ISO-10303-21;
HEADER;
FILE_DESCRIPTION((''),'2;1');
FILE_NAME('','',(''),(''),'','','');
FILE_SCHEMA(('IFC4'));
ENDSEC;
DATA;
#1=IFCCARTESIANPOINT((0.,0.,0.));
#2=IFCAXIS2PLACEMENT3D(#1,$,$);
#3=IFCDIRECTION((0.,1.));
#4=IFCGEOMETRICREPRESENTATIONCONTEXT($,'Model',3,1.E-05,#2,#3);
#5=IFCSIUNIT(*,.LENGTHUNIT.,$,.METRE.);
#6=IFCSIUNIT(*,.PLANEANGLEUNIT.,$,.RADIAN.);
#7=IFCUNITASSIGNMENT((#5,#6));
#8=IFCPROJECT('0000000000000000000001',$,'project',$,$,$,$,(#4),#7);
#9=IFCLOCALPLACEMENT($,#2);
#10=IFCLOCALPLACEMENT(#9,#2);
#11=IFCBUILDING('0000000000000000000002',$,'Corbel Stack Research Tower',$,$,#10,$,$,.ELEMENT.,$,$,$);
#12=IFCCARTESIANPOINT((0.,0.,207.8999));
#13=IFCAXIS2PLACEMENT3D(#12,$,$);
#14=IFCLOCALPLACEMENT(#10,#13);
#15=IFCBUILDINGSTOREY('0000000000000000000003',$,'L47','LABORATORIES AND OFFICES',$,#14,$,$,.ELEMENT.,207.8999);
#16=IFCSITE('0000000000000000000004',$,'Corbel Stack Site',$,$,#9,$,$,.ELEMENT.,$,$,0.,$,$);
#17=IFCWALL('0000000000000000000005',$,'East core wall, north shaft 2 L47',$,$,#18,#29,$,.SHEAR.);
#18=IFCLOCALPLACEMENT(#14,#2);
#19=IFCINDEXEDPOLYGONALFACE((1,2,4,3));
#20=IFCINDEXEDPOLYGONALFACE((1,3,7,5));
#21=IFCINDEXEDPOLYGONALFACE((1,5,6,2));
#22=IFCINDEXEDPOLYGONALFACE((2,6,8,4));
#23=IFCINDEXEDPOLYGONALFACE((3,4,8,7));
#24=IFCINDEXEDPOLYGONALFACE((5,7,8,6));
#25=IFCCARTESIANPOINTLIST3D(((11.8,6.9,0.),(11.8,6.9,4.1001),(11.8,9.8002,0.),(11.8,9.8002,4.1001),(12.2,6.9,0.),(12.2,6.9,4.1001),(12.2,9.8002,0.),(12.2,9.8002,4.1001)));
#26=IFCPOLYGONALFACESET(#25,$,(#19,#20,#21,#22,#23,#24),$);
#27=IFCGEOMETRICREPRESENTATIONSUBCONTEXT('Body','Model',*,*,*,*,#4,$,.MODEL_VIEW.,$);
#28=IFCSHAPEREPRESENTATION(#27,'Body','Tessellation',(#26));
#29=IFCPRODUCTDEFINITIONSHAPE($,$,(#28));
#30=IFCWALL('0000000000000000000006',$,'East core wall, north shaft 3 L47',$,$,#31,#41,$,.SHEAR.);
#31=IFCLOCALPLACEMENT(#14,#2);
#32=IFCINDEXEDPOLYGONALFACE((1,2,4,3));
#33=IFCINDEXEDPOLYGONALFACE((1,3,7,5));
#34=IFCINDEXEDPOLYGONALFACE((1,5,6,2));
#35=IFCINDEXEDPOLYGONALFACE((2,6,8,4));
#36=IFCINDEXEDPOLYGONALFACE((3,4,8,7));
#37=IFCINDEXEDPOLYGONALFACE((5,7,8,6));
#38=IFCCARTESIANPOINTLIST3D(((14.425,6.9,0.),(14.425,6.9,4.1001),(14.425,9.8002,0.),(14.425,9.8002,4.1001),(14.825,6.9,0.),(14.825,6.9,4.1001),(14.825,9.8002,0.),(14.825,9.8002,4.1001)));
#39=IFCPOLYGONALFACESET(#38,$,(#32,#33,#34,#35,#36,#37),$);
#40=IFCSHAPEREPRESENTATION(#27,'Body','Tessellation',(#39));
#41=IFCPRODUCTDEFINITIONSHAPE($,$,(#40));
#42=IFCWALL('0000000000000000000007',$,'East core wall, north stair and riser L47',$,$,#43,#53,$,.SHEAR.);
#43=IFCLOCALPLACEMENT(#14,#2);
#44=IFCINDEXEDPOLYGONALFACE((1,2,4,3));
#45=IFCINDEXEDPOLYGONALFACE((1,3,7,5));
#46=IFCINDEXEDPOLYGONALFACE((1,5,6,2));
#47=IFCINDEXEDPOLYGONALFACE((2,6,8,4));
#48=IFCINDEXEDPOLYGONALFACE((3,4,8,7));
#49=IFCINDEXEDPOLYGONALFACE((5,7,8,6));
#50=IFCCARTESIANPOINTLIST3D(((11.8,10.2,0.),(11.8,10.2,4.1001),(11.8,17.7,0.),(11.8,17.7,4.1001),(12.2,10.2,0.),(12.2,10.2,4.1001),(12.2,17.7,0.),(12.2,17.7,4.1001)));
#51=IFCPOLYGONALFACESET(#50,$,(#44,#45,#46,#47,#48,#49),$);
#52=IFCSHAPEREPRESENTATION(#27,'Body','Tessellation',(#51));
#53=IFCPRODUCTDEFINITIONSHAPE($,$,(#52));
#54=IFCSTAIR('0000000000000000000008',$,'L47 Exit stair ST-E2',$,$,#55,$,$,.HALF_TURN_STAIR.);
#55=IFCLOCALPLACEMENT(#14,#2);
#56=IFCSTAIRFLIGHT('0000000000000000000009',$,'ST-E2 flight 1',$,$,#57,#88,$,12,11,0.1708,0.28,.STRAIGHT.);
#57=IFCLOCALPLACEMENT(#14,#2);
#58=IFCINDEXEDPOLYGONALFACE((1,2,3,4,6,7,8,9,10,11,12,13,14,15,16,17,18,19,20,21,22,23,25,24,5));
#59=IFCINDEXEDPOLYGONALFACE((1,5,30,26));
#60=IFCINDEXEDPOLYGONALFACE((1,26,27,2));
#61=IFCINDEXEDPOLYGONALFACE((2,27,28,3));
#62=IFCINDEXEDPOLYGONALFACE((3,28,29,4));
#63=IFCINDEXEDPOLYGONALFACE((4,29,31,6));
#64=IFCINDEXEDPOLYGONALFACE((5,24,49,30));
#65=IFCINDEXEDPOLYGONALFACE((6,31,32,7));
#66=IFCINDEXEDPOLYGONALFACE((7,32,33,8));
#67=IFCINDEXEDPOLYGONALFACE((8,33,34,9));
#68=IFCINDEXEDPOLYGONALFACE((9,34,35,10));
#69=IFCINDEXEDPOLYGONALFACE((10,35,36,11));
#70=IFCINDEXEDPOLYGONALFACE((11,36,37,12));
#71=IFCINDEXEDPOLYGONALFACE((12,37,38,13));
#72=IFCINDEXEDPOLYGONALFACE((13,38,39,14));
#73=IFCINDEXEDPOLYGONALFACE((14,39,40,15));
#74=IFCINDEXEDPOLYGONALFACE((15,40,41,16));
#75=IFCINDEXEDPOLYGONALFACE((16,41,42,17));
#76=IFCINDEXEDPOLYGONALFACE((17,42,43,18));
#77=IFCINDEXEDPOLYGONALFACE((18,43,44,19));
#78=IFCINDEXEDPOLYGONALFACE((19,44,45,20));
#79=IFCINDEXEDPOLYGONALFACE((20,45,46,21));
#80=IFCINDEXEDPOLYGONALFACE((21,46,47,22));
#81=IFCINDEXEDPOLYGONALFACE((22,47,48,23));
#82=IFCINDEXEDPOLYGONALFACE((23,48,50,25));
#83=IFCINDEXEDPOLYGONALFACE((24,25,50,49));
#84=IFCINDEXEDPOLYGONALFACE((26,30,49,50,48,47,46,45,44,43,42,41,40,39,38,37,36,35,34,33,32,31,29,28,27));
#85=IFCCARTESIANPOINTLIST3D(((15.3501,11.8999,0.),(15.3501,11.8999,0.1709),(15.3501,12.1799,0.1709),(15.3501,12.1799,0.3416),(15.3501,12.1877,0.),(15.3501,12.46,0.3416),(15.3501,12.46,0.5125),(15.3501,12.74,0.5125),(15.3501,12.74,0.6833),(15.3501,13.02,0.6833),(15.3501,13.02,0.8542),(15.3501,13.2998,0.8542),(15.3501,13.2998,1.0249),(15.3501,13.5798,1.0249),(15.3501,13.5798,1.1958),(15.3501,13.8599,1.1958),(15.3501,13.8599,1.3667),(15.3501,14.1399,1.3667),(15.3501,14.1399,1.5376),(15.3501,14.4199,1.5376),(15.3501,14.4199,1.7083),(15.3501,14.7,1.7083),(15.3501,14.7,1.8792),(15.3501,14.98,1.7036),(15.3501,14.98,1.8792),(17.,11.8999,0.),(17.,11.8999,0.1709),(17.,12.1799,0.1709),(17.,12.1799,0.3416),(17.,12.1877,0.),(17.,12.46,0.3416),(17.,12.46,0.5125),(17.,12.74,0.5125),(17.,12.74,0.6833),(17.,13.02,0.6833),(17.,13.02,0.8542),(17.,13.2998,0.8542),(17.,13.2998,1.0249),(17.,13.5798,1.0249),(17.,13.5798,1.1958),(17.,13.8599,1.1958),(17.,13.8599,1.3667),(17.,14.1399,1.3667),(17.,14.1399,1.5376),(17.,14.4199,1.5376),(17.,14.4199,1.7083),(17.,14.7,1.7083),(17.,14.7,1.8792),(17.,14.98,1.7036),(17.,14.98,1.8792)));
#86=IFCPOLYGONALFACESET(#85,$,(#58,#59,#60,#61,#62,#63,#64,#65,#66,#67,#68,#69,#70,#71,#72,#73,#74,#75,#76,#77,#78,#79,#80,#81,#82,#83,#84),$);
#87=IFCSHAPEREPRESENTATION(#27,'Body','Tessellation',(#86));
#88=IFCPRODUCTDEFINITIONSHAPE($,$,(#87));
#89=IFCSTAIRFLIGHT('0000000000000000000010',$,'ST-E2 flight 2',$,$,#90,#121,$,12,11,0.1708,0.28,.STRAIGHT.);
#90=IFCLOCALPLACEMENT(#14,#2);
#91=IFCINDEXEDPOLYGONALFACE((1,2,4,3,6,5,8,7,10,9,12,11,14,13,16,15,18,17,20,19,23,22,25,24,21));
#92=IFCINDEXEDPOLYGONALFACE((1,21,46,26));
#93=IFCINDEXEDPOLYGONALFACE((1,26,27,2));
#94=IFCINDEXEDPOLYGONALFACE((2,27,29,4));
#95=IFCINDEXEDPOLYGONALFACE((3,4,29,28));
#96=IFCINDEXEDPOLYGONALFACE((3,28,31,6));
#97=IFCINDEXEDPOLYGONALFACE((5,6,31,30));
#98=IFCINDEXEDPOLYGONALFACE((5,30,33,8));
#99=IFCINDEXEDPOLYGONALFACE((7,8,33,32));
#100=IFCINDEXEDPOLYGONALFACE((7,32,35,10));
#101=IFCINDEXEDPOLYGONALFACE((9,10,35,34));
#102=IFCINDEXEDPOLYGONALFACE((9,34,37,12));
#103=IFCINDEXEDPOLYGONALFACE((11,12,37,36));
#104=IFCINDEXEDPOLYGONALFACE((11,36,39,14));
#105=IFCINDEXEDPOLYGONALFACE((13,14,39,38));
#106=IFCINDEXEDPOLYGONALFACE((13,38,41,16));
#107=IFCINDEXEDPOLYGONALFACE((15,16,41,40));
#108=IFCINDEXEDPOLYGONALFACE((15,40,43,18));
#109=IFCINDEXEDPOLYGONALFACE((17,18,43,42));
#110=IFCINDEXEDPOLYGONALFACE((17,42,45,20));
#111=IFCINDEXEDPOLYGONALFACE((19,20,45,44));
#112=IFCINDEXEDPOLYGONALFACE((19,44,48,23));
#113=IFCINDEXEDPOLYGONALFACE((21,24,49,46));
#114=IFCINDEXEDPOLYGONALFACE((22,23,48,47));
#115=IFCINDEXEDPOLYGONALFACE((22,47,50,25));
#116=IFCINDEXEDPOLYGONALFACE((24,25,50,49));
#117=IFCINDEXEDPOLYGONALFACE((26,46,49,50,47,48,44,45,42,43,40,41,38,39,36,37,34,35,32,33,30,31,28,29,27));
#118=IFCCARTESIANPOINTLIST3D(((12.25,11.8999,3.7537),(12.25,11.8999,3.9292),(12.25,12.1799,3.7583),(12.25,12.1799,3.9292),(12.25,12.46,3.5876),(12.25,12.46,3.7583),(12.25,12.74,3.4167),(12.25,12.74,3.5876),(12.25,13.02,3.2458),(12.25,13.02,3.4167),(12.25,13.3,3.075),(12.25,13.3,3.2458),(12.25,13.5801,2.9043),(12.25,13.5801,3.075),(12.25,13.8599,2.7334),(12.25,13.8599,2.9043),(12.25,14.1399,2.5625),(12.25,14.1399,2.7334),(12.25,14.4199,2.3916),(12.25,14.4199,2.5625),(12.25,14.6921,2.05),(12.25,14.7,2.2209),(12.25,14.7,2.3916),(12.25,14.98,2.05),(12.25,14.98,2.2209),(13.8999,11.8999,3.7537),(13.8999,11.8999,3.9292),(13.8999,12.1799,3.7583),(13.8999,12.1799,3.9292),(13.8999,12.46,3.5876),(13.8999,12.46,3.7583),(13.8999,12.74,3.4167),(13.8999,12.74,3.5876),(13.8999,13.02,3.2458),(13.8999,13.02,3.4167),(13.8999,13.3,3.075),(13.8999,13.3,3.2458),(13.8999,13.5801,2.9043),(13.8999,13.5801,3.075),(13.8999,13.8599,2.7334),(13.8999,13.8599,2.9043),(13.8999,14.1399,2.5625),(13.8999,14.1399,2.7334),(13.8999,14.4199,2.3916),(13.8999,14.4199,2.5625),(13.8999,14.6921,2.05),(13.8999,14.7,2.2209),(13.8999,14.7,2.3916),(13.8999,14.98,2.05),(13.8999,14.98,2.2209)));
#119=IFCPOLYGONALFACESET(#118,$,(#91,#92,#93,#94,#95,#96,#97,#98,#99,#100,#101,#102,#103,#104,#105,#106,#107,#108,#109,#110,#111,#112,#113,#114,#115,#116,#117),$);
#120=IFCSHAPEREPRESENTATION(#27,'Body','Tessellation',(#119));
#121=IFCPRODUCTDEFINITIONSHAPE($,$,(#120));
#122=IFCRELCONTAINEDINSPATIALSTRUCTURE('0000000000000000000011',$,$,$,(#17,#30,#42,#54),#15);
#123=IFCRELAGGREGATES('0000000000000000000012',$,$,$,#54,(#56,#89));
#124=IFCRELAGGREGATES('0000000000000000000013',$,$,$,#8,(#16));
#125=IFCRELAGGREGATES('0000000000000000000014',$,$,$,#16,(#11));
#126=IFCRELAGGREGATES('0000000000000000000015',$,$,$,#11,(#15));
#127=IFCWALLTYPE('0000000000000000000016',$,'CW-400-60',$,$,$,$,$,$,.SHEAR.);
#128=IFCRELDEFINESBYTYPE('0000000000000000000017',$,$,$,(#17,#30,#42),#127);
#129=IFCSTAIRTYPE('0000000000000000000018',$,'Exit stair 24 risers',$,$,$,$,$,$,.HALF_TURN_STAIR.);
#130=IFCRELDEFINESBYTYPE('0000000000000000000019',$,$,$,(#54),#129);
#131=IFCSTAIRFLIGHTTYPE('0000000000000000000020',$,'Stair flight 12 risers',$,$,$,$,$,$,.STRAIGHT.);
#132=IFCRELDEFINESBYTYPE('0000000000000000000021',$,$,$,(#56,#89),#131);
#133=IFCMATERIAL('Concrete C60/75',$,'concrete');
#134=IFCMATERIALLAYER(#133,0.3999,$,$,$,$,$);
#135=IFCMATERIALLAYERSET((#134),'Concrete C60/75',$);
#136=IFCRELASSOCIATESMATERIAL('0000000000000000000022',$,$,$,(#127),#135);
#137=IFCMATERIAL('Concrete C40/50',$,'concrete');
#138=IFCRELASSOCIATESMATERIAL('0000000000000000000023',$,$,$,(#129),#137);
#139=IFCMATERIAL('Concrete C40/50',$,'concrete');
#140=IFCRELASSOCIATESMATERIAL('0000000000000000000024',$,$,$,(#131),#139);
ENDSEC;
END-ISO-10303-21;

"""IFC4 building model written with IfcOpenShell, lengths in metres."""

from ifc_helpers import new_model, si_unit, direction, frame, frame_2d, origin, place, context, subcontext, project, spatial, polyline, rectangle, outline, extrude, material, layer, layer_set, type_object, element, aggregate, save


model = new_model("IFC4")

# Units and contexts
model_context = context("Model", 3, precision=1e-05, world=origin(), true_north=direction((0.0, 1.0)))
body_context = subcontext(model_context, "Body", "Model", "MODEL_VIEW")
ifc_project = project(units=[si_unit("LENGTHUNIT", "METRE"), si_unit("PLANEANGLEUNIT", "RADIAN")], contexts=[model_context])

# Site, building, storey
site_placement = place(None, origin())
site = spatial("IfcSite", under=ifc_project, at=site_placement, Name="Corbel Stack Site", CompositionType="ELEMENT", RefElevation=0.0)
building_placement = place(site_placement, origin())
building = spatial("IfcBuilding", under=site, at=building_placement, Name="Corbel Stack Research Tower", CompositionType="ELEMENT")
storey_placement = place(building_placement, frame((0.0, 0.0, 207.8999)))
storey = spatial("IfcBuildingStorey", under=building, at=storey_placement, Name="L47", Description="LABORATORIES AND OFFICES", CompositionType="ELEMENT", Elevation=207.8999)

# Walls
ifc_material_1 = material(Name="Concrete C60/75", Category="concrete")
ifc_layer = layer(ifc_material_1, 0.3999)
ifc_layer_set = layer_set([ifc_layer], Name="Concrete C60/75")
wall_type = type_object("IfcWallType", Name="CW-400-60", PredefinedType="SHEAR", material=ifc_layer_set)
for number, where, z_axis, x_axis, name in (
    (1, (12.0, 6.8999, 0.0), (0.0, 0.0, 1.0), (0.0, 1.0, 0.0), "East core wall, north shaft 2 L47"),
    (2, (14.625, 6.8999, 0.0), (0.0, 0.0, 1.0), (0.0, 1.0, 0.0), "East core wall, north shaft 3 L47"),
):
    element("IfcWall", number, at=place(storey_placement, frame(where, z_axis=z_axis, x_axis=x_axis)), inside=storey, type_object=wall_type, Name=name, PredefinedType="SHEAR", context=body_context, shape_type="SweptSolid", body=[
        extrude(rectangle(XDim=2.9001, YDim=0.3999, at=frame_2d((1.4502, 0.0))), origin(), (0.0, 0.0, 1.0), 4.1001),
    ])
wall_placement = place(storey_placement, frame((12.0, 10.2, 0.0), z_axis=(0.0, 0.0, 1.0), x_axis=(0.0, 1.0, 0.0)))
element("IfcWall", 3, at=wall_placement, inside=storey, type_object=wall_type, Name="East core wall, north stair and riser L47", PredefinedType="SHEAR", context=body_context, shape_type="SweptSolid", body=[
    extrude(rectangle(XDim=7.5, YDim=0.3999, at=frame_2d((3.75, 0.0))), origin(), (0.0, 0.0, 1.0), 4.1001),
])

# Stair, stair flights
ifc_material_2 = material(Name="Concrete C40/50", Category="concrete")
stair_type = type_object("IfcStairType", Name="Exit stair 24 risers", PredefinedType="HALF_TURN_STAIR", material=ifc_material_2)
stair_placement = place(storey_placement, origin())
stair = element("IfcStair", 4, at=stair_placement, inside=storey, type_object=stair_type, Name="L47 Exit stair ST-E2", PredefinedType="HALF_TURN_STAIR")
ifc_material_3 = material(Name="Concrete C40/50", Category="concrete")
stair_flight_type = type_object("IfcStairFlightType", Name="Stair flight 12 risers", PredefinedType="STRAIGHT", material=ifc_material_3)
stair_flight_1_placement = place(storey_placement, frame((16.175, 11.8999, 0.0), z_axis=(0.0, 0.0, 1.0), x_axis=(0.0, 1.0, 0.0)))
stair_flight_1 = element("IfcStairFlight", 5, at=stair_flight_1_placement, type_object=stair_flight_type, Name="ST-E2 flight 1", NumberOfRisers=12, NumberOfTreads=11, PredefinedType="STRAIGHT", RiserHeight=0.1708, TreadLength=0.28, context=body_context, shape_type="SweptSolid", body=[
    extrude(outline(polyline([(0.0, 0.0), (0.0, 0.1709), (0.28, 0.1709), (0.28, 0.3416), (0.5601, 0.3416), (0.5601, 0.5125), (0.8401, 0.5125), (0.8401, 0.6833), (1.1201, 0.6833), (1.1201, 0.8542), (1.3999, 0.8542), (1.3999, 1.0249), (1.6799, 1.0249), (1.6799, 1.1958), (1.96, 1.1958), (1.96, 1.3667), (2.24, 1.3667), (2.24, 1.5376), (2.52, 1.5376), (2.52, 1.7083), (2.8, 1.7083), (2.8, 1.8792), (3.0801, 1.8792), (3.0801, 2.05), (3.0801, 1.7036), (0.2878, 0.0), (0.0, 0.0)])), frame((0.0, 0.825, 0.0), z_axis=(0.0, -1.0, 0.0), x_axis=(1.0, 0.0, 0.0)), (0.0, 0.0, 1.0), 1.6499),
])
stair_flight_2_placement = place(storey_placement, frame((13.075, 14.98, 2.05), z_axis=(0.0, 0.0, 1.0), x_axis=(0.0, -1.0, 0.0)))
stair_flight_2 = element("IfcStairFlight", 6, at=stair_flight_2_placement, type_object=stair_flight_type, Name="ST-E2 flight 2", NumberOfRisers=12, NumberOfTreads=11, PredefinedType="STRAIGHT", RiserHeight=0.1708, TreadLength=0.28, context=body_context, shape_type="SweptSolid", body=[
    extrude(outline(polyline([(0.0, 0.0), (0.0, 0.1709), (0.28, 0.1709), (0.28, 0.3416), (0.5601, 0.3416), (0.5601, 0.5125), (0.8401, 0.5125), (0.8401, 0.6833), (1.1201, 0.6833), (1.1201, 0.8542), (1.3999, 0.8542), (1.3999, 1.0249), (1.6799, 1.0249), (1.6799, 1.1958), (1.96, 1.1958), (1.96, 1.3667), (2.24, 1.3667), (2.24, 1.5376), (2.52, 1.5376), (2.52, 1.7083), (2.8, 1.7083), (2.8, 1.8792), (3.0801, 1.8792), (3.0801, 2.05), (3.0801, 1.7036), (0.2878, 0.0), (0.0, 0.0)])), frame((0.0, 0.825, 0.0), z_axis=(0.0, -1.0, 0.0), x_axis=(1.0, 0.0, 0.0)), (0.0, 0.0, 1.0), 1.6499),
])
aggregate(stair, [stair_flight_1, stair_flight_2])

save(model, "model.ifc")
